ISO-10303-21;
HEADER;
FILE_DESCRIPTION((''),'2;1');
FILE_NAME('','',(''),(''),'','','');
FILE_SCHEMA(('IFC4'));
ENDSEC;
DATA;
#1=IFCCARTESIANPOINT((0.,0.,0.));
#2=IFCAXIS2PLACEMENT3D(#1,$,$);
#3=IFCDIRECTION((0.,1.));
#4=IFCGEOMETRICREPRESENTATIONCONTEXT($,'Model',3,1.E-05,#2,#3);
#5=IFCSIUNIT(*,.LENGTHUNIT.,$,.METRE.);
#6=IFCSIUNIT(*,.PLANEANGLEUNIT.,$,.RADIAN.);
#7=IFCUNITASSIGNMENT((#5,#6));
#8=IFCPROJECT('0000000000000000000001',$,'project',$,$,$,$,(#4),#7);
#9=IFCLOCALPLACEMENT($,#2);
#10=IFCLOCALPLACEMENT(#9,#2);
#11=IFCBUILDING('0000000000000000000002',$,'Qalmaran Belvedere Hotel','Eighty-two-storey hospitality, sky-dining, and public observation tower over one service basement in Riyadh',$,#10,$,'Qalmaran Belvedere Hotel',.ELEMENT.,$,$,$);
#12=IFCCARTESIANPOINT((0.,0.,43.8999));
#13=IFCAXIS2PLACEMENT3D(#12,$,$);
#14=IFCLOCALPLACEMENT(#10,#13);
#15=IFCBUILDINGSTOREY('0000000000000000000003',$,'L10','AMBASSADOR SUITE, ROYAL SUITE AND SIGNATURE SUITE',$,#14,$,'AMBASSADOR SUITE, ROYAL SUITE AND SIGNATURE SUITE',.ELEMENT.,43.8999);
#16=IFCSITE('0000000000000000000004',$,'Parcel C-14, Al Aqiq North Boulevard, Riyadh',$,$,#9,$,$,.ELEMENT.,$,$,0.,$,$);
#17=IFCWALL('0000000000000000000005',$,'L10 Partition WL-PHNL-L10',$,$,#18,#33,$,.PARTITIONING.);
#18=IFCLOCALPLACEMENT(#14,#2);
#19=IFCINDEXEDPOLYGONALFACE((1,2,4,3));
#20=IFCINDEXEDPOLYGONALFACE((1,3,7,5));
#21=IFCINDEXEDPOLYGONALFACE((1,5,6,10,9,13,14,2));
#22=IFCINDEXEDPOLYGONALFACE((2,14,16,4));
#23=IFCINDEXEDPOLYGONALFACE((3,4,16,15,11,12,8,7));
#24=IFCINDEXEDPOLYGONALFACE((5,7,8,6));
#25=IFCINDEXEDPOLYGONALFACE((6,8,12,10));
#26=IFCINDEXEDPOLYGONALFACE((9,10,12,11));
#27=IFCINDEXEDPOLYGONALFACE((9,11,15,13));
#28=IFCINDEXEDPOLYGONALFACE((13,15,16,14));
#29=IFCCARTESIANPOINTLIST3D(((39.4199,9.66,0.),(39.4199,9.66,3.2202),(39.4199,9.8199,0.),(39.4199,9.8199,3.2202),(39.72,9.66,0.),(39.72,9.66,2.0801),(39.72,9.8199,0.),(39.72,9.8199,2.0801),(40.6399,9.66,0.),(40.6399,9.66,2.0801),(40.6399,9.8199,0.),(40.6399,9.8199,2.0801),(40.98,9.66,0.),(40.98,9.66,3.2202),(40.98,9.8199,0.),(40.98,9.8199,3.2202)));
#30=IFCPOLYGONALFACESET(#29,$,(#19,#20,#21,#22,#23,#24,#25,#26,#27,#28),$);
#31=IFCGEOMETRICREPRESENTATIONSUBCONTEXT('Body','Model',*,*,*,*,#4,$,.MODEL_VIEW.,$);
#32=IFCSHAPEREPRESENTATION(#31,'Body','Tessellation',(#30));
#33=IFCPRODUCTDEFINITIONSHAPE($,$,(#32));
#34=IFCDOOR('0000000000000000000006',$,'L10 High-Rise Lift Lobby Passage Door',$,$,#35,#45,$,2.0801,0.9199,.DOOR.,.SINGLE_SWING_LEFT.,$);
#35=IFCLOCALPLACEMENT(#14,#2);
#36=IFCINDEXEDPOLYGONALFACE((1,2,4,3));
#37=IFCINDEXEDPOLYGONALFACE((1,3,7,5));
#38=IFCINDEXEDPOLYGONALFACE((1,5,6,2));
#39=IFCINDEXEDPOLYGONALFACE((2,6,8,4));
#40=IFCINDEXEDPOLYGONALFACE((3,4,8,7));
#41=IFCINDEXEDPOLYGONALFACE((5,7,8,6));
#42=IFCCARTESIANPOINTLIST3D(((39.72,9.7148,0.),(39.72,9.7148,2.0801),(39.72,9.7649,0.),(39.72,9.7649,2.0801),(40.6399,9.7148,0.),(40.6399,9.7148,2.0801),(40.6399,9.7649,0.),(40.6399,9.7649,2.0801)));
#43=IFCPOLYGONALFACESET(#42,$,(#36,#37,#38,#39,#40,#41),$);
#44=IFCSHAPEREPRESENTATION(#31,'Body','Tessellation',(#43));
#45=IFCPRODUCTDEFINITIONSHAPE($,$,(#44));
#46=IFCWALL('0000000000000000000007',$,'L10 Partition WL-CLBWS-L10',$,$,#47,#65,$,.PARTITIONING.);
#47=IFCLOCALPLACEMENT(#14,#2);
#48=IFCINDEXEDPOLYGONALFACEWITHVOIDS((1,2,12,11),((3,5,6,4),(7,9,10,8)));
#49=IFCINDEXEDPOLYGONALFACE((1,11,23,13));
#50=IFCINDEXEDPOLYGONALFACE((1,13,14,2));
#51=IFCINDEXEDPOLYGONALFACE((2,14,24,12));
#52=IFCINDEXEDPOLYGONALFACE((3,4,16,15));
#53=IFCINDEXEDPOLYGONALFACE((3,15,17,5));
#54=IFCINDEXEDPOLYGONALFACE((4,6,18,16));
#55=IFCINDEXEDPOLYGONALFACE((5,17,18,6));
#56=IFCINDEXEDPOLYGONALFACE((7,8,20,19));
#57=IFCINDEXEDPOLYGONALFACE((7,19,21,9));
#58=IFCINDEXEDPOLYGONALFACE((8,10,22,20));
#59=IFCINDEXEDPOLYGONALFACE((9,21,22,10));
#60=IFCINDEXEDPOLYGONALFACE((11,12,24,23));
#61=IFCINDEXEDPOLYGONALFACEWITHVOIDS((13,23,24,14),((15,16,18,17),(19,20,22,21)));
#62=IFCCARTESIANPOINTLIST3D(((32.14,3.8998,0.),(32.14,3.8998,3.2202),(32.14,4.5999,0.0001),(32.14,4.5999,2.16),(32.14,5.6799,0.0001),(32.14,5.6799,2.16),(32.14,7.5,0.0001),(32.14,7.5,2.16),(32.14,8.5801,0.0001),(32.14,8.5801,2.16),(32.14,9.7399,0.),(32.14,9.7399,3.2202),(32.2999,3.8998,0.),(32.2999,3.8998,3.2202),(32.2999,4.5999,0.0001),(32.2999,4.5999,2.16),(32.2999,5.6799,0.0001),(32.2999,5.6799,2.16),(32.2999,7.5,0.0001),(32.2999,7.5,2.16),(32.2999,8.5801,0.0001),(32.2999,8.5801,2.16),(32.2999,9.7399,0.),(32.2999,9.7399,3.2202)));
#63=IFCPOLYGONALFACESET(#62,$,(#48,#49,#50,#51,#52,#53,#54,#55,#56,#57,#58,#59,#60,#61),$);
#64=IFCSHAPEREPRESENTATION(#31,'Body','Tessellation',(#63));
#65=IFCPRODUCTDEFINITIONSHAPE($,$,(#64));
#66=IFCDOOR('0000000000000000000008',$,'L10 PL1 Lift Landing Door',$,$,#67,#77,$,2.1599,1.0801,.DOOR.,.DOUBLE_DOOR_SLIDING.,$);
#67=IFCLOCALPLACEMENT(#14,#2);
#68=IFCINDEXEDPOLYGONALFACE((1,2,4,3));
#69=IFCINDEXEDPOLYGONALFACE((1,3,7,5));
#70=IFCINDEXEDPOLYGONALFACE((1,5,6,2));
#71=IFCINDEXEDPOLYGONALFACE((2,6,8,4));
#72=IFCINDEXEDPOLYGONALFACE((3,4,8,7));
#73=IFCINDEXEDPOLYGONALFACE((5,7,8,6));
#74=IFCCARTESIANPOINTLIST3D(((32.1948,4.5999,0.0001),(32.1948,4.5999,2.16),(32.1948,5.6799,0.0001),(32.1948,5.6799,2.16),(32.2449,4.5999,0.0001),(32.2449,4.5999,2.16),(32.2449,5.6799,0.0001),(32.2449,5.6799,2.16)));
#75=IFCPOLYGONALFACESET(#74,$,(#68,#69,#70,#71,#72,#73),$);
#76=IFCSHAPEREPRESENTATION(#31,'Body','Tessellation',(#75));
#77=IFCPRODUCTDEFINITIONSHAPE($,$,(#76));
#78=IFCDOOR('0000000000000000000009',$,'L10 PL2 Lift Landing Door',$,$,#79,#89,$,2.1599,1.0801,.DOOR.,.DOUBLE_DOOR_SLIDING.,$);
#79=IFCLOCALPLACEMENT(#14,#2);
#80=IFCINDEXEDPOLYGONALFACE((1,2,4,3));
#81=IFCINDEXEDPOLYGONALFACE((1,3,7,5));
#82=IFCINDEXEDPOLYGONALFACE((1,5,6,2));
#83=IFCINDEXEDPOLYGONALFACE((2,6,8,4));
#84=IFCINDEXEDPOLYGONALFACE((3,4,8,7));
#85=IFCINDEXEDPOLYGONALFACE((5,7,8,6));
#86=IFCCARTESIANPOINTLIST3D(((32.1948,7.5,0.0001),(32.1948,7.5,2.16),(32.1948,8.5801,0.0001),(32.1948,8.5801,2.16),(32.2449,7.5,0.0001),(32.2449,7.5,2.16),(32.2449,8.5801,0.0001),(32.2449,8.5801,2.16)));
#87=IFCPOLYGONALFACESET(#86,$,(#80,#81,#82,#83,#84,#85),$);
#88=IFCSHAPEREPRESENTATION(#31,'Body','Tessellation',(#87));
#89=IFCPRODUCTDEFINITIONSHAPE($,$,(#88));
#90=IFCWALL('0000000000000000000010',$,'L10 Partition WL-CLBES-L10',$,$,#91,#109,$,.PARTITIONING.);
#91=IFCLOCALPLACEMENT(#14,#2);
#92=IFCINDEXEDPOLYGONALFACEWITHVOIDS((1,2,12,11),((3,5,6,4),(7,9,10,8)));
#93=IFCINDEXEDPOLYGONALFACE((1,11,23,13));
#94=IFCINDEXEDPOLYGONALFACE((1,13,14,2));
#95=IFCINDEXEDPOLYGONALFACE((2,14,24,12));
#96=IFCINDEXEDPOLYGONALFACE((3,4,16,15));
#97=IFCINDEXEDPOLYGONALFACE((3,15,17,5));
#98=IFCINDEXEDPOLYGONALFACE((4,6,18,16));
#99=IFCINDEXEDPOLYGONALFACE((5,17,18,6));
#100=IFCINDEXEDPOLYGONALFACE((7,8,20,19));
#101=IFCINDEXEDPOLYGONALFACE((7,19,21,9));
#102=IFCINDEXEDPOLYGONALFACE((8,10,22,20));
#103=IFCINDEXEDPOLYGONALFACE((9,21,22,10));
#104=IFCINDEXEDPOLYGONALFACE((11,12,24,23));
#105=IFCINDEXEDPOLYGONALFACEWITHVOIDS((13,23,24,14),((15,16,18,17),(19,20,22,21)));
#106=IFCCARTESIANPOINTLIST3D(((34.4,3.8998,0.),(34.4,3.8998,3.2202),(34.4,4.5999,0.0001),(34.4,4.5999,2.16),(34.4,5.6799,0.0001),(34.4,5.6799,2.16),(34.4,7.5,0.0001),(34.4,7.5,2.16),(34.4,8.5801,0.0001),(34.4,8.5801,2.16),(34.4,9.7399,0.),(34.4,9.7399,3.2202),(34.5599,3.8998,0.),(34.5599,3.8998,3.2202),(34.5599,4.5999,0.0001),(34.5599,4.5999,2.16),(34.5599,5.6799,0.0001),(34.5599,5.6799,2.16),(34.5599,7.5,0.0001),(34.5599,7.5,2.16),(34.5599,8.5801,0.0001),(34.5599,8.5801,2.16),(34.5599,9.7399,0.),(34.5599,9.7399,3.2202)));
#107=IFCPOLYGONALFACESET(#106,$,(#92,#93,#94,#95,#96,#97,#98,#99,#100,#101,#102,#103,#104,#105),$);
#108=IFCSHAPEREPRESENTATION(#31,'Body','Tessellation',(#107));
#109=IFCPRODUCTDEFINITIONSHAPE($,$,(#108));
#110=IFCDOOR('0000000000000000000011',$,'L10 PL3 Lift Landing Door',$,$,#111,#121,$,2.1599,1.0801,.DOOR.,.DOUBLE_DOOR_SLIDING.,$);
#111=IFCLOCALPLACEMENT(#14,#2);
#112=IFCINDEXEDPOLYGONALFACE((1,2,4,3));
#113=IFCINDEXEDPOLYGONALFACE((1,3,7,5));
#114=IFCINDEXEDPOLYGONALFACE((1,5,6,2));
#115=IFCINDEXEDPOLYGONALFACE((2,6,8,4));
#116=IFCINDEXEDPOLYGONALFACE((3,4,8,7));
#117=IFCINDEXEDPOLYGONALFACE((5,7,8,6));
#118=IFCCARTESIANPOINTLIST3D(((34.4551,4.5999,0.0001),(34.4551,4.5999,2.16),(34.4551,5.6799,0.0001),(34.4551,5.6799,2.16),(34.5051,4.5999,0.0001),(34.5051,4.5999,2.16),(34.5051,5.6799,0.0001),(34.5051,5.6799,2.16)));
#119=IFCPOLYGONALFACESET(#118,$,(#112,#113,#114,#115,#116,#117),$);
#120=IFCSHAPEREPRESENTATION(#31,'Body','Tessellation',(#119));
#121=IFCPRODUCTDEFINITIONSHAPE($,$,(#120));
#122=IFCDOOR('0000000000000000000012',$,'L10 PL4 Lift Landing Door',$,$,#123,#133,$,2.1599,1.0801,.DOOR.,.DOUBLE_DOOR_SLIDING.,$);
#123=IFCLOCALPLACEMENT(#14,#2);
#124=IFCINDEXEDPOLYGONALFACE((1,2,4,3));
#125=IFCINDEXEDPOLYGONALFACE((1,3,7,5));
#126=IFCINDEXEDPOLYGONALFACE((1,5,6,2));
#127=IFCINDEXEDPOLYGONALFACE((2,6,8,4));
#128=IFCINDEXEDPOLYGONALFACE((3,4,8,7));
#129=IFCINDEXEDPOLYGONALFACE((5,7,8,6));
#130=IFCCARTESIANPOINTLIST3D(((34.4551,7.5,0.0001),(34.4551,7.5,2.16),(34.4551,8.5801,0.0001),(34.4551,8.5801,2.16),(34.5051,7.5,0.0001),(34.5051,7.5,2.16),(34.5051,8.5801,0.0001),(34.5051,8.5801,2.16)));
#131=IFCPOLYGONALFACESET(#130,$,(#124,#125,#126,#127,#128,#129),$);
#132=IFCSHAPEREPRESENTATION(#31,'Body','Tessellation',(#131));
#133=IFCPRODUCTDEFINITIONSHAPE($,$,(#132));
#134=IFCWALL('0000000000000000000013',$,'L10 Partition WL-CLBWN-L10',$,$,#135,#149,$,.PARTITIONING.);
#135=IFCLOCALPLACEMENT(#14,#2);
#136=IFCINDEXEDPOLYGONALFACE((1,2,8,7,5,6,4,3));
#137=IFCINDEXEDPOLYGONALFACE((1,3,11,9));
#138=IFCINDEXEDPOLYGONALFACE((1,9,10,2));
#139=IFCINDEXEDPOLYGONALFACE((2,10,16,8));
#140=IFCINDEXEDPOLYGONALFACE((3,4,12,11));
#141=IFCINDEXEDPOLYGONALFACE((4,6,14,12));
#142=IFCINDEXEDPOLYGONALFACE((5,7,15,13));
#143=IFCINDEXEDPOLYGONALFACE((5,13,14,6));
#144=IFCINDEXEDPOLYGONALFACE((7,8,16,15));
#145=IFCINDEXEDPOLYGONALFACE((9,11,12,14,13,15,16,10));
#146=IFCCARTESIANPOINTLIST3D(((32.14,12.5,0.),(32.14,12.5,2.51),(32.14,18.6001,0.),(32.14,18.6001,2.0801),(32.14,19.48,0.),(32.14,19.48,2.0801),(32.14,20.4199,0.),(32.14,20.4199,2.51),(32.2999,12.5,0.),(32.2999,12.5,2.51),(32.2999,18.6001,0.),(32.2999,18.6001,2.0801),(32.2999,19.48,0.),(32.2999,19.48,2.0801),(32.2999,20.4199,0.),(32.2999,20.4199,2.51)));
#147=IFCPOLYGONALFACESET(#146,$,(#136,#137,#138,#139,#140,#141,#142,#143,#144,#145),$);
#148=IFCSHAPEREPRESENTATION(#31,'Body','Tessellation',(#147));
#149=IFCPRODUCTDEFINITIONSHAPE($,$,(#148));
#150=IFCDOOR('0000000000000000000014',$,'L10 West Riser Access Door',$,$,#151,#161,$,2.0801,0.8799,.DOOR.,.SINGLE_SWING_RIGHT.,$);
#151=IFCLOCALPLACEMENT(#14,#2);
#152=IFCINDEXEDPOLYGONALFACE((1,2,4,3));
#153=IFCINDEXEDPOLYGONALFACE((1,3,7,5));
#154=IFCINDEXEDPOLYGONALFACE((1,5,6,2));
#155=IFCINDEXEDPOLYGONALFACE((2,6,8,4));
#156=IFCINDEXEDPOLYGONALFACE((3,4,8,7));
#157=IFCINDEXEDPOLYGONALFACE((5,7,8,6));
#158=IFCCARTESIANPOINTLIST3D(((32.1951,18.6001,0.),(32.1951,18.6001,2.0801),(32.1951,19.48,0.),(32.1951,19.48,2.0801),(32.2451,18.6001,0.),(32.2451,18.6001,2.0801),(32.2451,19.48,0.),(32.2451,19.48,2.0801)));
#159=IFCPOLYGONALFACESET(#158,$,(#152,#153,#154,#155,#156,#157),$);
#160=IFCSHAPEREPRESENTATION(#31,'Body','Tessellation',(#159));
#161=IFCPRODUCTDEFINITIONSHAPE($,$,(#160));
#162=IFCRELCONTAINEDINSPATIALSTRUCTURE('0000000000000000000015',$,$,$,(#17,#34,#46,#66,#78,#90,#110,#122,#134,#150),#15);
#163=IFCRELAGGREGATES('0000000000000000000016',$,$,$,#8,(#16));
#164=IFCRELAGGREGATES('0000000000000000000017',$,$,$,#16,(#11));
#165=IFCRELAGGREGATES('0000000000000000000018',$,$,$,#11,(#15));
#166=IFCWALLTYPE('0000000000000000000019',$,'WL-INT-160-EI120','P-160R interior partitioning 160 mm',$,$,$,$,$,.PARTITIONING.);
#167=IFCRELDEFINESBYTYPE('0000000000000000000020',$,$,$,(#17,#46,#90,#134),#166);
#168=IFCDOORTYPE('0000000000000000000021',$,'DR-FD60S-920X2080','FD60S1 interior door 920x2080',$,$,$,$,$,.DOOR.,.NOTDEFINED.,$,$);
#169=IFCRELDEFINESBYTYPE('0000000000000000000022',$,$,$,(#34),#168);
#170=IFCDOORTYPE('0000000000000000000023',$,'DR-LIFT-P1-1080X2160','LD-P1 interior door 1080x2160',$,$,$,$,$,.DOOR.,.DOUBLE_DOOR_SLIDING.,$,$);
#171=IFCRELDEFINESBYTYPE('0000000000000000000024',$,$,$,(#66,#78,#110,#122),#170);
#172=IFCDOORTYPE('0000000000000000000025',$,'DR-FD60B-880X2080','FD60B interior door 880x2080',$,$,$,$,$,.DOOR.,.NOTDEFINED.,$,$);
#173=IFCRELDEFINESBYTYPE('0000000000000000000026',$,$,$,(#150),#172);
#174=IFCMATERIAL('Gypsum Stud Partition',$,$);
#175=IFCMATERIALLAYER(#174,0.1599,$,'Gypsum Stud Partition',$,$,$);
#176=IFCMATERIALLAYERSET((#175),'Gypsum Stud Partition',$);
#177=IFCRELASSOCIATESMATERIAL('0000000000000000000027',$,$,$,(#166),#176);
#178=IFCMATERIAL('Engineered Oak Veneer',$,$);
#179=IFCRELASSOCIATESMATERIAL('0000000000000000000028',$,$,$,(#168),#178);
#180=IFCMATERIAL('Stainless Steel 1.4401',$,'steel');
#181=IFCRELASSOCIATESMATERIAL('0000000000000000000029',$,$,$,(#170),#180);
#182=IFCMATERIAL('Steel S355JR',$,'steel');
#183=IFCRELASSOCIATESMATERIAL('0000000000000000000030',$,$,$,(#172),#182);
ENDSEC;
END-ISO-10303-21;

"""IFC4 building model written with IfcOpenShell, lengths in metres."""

from ifc_helpers import new_model, si_unit, direction, frame, frame_2d, origin, place, context, subcontext, project, spatial, rectangle, extrude, material, layer, layer_set, type_object, element, fill, save


model = new_model("IFC4")

# Units and contexts
model_context = context("Model", 3, precision=1e-05, world=origin(), true_north=direction((0.0, 1.0)))
body_context = subcontext(model_context, "Body", "Model", "MODEL_VIEW")
ifc_project = project(units=[si_unit("LENGTHUNIT", "METRE"), si_unit("PLANEANGLEUNIT", "RADIAN")], contexts=[model_context])

# Site, building, storey
site_placement = place(None, origin())
site = spatial("IfcSite", under=ifc_project, at=site_placement, Name="Parcel C-14, Al Aqiq North Boulevard, Riyadh", CompositionType="ELEMENT", RefElevation=0.0)
building_placement = place(site_placement, origin())
building = spatial("IfcBuilding", under=site, at=building_placement, Name="Qalmaran Belvedere Hotel", Description="Eighty-two-storey hospitality, sky-dining, and public observation tower over one service basement in Riyadh", LongName="Qalmaran Belvedere Hotel", CompositionType="ELEMENT")
storey_placement = place(building_placement, frame((0.0, 0.0, 43.8999)))
storey = spatial("IfcBuildingStorey", under=building, at=storey_placement, Name="L10", Description="AMBASSADOR SUITE, ROYAL SUITE AND SIGNATURE SUITE", LongName="AMBASSADOR SUITE, ROYAL SUITE AND SIGNATURE SUITE", CompositionType="ELEMENT", Elevation=43.8999)

# Shared definitions
ifc_material_1 = material(Name="Steel S355JR", Category="steel")

# Shared definitions
ifc_material_2 = material(Name="Gypsum Stud Partition")
ifc_layer_1 = layer(ifc_material_2, 0.1599, Name="Gypsum Stud Partition")
ifc_layer_set_1 = layer_set([ifc_layer_1], Name="Gypsum Stud Partition")
wall_type_1 = type_object("IfcWallType", Name="WL-INT-160-EI120", Description="P-160R interior partitioning 160 mm", PredefinedType="PARTITIONING", material=ifc_layer_set_1)

# Wall, opening, door
wall_1_placement = place(storey_placement, frame((39.4199, 9.74, 0.0), z_axis=(0.0, 0.0, 1.0), x_axis=(1.0, 0.0, 0.0)))
wall_1 = element("IfcWall", 1, at=wall_1_placement, inside=storey, type_object=wall_type_1, Name="L10 Partition WL-PHNL-L10", PredefinedType="PARTITIONING", context=body_context, shape_type="SweptSolid", body=[
    extrude(rectangle(XDim=1.5601, YDim=0.1599, at=frame_2d((0.78, 0.0))), origin(), (0.0, 0.0, 1.0), 3.2202),
])
opening_1_placement = place(wall_1_placement, frame((0.3, 0.0, 0.0)))
opening_1 = element("IfcOpeningElement", 2, at=opening_1_placement, cuts=wall_1, PredefinedType="OPENING", context=body_context, shape_type="SweptSolid", body=[
    extrude(rectangle(XDim=0.9199, YDim=2.0801, at=frame_2d((0.46, 1.04))), frame((0.0, 0.0898, 0.0), z_axis=(0.0, -1.0, 0.0), x_axis=(1.0, 0.0, 0.0)), (0.0, 0.0, 1.0), 0.1799),
])
ifc_material_3 = material(Name="Engineered Oak Veneer")
door_type_1 = type_object("IfcDoorType", Name="DR-FD60S-920X2080", Description="FD60S1 interior door 920x2080", OperationType="NOTDEFINED", PredefinedType="DOOR", material=ifc_material_3)
door_1_placement = place(opening_1_placement, origin())
door_1 = element("IfcDoor", 3, at=door_1_placement, inside=storey, type_object=door_type_1, Name="L10 High-Rise Lift Lobby Passage Door", OperationType="SINGLE_SWING_LEFT", OverallHeight=2.0801, OverallWidth=0.9199, PredefinedType="DOOR", context=body_context, shape_type="SweptSolid", body=[
    extrude(rectangle(XDim=0.9199, YDim=2.0801, at=frame_2d((0.46, 1.04))), frame((0.0, 0.0249, 0.0), z_axis=(0.0, -1.0, 0.0), x_axis=(1.0, 0.0, 0.0)), (0.0, 0.0, 1.0), 0.05),
])
fill(opening_1, door_1)

# Walls, openings, doors
wall_2_placement = place(storey_placement, frame((32.22, 3.8999, 0.0), z_axis=(0.0, 0.0, 1.0), x_axis=(0.0, 1.0, 0.0)))
wall_2 = element("IfcWall", 4, at=wall_2_placement, inside=storey, type_object=wall_type_1, Name="L10 Partition WL-CLBWS-L10", PredefinedType="PARTITIONING", context=body_context, shape_type="SweptSolid", body=[
    extrude(rectangle(XDim=5.8401, YDim=0.1599, at=frame_2d((2.9199, 0.0))), origin(), (0.0, 0.0, 1.0), 3.2202),
])
opening_2_placement = place(wall_2_placement, frame((1.78, 0.0, 0.0), z_axis=(0.0, 0.0, 1.0), x_axis=(-1.0, 0.0, 0.0)))
opening_2 = element("IfcOpeningElement", 5, at=opening_2_placement, cuts=wall_2, PredefinedType="OPENING", context=body_context, shape_type="SweptSolid", body=[
    extrude(rectangle(XDim=1.0801, YDim=2.1599, at=frame_2d((0.54, 1.0801))), frame((0.0, 0.0898, 0.0), z_axis=(0.0, -1.0, 0.0), x_axis=(1.0, 0.0, 0.0)), (0.0, 0.0, 1.0), 0.1799),
])
opening_3_placement = place(wall_2_placement, frame((4.6802, 0.0, 0.0), z_axis=(0.0, 0.0, 1.0), x_axis=(-1.0, 0.0, 0.0)))
opening_3 = element("IfcOpeningElement", 6, at=opening_3_placement, cuts=wall_2, PredefinedType="OPENING", context=body_context, shape_type="SweptSolid", body=[
    extrude(rectangle(XDim=1.0801, YDim=2.1599, at=frame_2d((0.54, 1.0801))), frame((0.0, 0.0898, 0.0), z_axis=(0.0, -1.0, 0.0), x_axis=(1.0, 0.0, 0.0)), (0.0, 0.0, 1.0), 0.1799),
])
ifc_material_4 = material(Name="Stainless Steel 1.4401", Category="steel")
door_type_2 = type_object("IfcDoorType", Name="DR-LIFT-P1-1080X2160", Description="LD-P1 interior door 1080x2160", OperationType="DOUBLE_DOOR_SLIDING", PredefinedType="DOOR", material=ifc_material_4)
door_2_placement = place(opening_2_placement, origin())
door_2 = element("IfcDoor", 7, at=door_2_placement, inside=storey, type_object=door_type_2, Name="L10 PL1 Lift Landing Door", OperationType="DOUBLE_DOOR_SLIDING", OverallHeight=2.1599, OverallWidth=1.0801, PredefinedType="DOOR", context=body_context, shape_type="SweptSolid", body=[
    extrude(rectangle(XDim=1.0801, YDim=2.1599, at=frame_2d((0.54, 1.0801))), frame((0.0, 0.0249, 0.0), z_axis=(0.0, -1.0, 0.0), x_axis=(1.0, 0.0, 0.0)), (0.0, 0.0, 1.0), 0.05),
])
fill(opening_2, door_2)
door_3_placement = place(opening_3_placement, origin())
door_3 = element("IfcDoor", 8, at=door_3_placement, inside=storey, type_object=door_type_2, Name="L10 PL2 Lift Landing Door", OperationType="DOUBLE_DOOR_SLIDING", OverallHeight=2.1599, OverallWidth=1.0801, PredefinedType="DOOR", context=body_context, shape_type="SweptSolid", body=[
    extrude(rectangle(XDim=1.0801, YDim=2.1599, at=frame_2d((0.54, 1.0801))), frame((0.0, 0.0249, 0.0), z_axis=(0.0, -1.0, 0.0), x_axis=(1.0, 0.0, 0.0)), (0.0, 0.0, 1.0), 0.05),
])
fill(opening_3, door_3)
wall_3_placement = place(storey_placement, frame((34.48, 3.8999, 0.0), z_axis=(0.0, 0.0, 1.0), x_axis=(0.0, 1.0, 0.0)))
wall_3 = element("IfcWall", 9, at=wall_3_placement, inside=storey, type_object=wall_type_1, Name="L10 Partition WL-CLBES-L10", PredefinedType="PARTITIONING", context=body_context, shape_type="SweptSolid", body=[
    extrude(rectangle(XDim=5.8401, YDim=0.1599, at=frame_2d((2.9199, 0.0))), origin(), (0.0, 0.0, 1.0), 3.2202),
])
opening_4_placement = place(wall_3_placement, frame((0.7, 0.0, 0.0)))
opening_4 = element("IfcOpeningElement", 10, at=opening_4_placement, cuts=wall_3, PredefinedType="OPENING", context=body_context, shape_type="SweptSolid", body=[
    extrude(rectangle(XDim=1.0801, YDim=2.1599, at=frame_2d((0.54, 1.0801))), frame((0.0, 0.0898, 0.0), z_axis=(0.0, -1.0, 0.0), x_axis=(1.0, 0.0, 0.0)), (0.0, 0.0, 1.0), 0.1799),
])
opening_5_placement = place(wall_3_placement, frame((3.6001, 0.0, 0.0)))
opening_5 = element("IfcOpeningElement", 11, at=opening_5_placement, cuts=wall_3, PredefinedType="OPENING", context=body_context, shape_type="SweptSolid", body=[
    extrude(rectangle(XDim=1.0801, YDim=2.1599, at=frame_2d((0.54, 1.0801))), frame((0.0, 0.0898, 0.0), z_axis=(0.0, -1.0, 0.0), x_axis=(1.0, 0.0, 0.0)), (0.0, 0.0, 1.0), 0.1799),
])
door_4_placement = place(opening_4_placement, origin())
door_4 = element("IfcDoor", 12, at=door_4_placement, inside=storey, type_object=door_type_2, Name="L10 PL3 Lift Landing Door", OperationType="DOUBLE_DOOR_SLIDING", OverallHeight=2.1599, OverallWidth=1.0801, PredefinedType="DOOR", context=body_context, shape_type="SweptSolid", body=[
    extrude(rectangle(XDim=1.0801, YDim=2.1599, at=frame_2d((0.54, 1.0801))), frame((0.0, 0.0249, 0.0), z_axis=(0.0, -1.0, 0.0), x_axis=(1.0, 0.0, 0.0)), (0.0, 0.0, 1.0), 0.05),
])
fill(opening_4, door_4)
door_5_placement = place(opening_5_placement, origin())
door_5 = element("IfcDoor", 13, at=door_5_placement, inside=storey, type_object=door_type_2, Name="L10 PL4 Lift Landing Door", OperationType="DOUBLE_DOOR_SLIDING", OverallHeight=2.1599, OverallWidth=1.0801, PredefinedType="DOOR", context=body_context, shape_type="SweptSolid", body=[
    extrude(rectangle(XDim=1.0801, YDim=2.1599, at=frame_2d((0.54, 1.0801))), frame((0.0, 0.0249, 0.0), z_axis=(0.0, -1.0, 0.0), x_axis=(1.0, 0.0, 0.0)), (0.0, 0.0, 1.0), 0.05),
])
fill(opening_5, door_5)

# Wall, opening, door
wall_4_placement = place(storey_placement, frame((32.22, 12.5, 0.0), z_axis=(0.0, 0.0, 1.0), x_axis=(0.0, 1.0, 0.0)))
wall_4 = element("IfcWall", 14, at=wall_4_placement, inside=storey, type_object=wall_type_1, Name="L10 Partition WL-CLBWN-L10", PredefinedType="PARTITIONING", context=body_context, shape_type="SweptSolid", body=[
    extrude(rectangle(XDim=7.9199, YDim=0.1599, at=frame_2d((3.96, 0.0))), origin(), (0.0, 0.0, 1.0), 2.51),
])
opening_6_placement = place(wall_4_placement, frame((6.1001, 0.0, 0.0)))
opening_6 = element("IfcOpeningElement", 15, at=opening_6_placement, cuts=wall_4, PredefinedType="OPENING", context=body_context, shape_type="SweptSolid", body=[
    extrude(rectangle(XDim=0.8799, YDim=2.0801, at=frame_2d((0.4399, 1.04))), frame((0.0, 0.0898, 0.0), z_axis=(0.0, -1.0, 0.0), x_axis=(1.0, 0.0, 0.0)), (0.0, 0.0, 1.0), 0.1799),
])
door_type_3 = type_object("IfcDoorType", Name="DR-FD60B-880X2080", Description="FD60B interior door 880x2080", OperationType="NOTDEFINED", PredefinedType="DOOR", material=ifc_material_1)
door_6_placement = place(opening_6_placement, origin())
door_6 = element("IfcDoor", 16, at=door_6_placement, inside=storey, type_object=door_type_3, Name="L10 West Riser Access Door", OperationType="SINGLE_SWING_RIGHT", OverallHeight=2.0801, OverallWidth=0.8799, PredefinedType="DOOR", context=body_context, shape_type="SweptSolid", body=[
    extrude(rectangle(XDim=0.8799, YDim=2.0801, at=frame_2d((0.4399, 1.04))), frame((0.0, 0.0249, 0.0), z_axis=(0.0, -1.0, 0.0), x_axis=(1.0, 0.0, 0.0)), (0.0, 0.0, 1.0), 0.05),
])
fill(opening_6, door_6)

save(model, "model.ifc")
